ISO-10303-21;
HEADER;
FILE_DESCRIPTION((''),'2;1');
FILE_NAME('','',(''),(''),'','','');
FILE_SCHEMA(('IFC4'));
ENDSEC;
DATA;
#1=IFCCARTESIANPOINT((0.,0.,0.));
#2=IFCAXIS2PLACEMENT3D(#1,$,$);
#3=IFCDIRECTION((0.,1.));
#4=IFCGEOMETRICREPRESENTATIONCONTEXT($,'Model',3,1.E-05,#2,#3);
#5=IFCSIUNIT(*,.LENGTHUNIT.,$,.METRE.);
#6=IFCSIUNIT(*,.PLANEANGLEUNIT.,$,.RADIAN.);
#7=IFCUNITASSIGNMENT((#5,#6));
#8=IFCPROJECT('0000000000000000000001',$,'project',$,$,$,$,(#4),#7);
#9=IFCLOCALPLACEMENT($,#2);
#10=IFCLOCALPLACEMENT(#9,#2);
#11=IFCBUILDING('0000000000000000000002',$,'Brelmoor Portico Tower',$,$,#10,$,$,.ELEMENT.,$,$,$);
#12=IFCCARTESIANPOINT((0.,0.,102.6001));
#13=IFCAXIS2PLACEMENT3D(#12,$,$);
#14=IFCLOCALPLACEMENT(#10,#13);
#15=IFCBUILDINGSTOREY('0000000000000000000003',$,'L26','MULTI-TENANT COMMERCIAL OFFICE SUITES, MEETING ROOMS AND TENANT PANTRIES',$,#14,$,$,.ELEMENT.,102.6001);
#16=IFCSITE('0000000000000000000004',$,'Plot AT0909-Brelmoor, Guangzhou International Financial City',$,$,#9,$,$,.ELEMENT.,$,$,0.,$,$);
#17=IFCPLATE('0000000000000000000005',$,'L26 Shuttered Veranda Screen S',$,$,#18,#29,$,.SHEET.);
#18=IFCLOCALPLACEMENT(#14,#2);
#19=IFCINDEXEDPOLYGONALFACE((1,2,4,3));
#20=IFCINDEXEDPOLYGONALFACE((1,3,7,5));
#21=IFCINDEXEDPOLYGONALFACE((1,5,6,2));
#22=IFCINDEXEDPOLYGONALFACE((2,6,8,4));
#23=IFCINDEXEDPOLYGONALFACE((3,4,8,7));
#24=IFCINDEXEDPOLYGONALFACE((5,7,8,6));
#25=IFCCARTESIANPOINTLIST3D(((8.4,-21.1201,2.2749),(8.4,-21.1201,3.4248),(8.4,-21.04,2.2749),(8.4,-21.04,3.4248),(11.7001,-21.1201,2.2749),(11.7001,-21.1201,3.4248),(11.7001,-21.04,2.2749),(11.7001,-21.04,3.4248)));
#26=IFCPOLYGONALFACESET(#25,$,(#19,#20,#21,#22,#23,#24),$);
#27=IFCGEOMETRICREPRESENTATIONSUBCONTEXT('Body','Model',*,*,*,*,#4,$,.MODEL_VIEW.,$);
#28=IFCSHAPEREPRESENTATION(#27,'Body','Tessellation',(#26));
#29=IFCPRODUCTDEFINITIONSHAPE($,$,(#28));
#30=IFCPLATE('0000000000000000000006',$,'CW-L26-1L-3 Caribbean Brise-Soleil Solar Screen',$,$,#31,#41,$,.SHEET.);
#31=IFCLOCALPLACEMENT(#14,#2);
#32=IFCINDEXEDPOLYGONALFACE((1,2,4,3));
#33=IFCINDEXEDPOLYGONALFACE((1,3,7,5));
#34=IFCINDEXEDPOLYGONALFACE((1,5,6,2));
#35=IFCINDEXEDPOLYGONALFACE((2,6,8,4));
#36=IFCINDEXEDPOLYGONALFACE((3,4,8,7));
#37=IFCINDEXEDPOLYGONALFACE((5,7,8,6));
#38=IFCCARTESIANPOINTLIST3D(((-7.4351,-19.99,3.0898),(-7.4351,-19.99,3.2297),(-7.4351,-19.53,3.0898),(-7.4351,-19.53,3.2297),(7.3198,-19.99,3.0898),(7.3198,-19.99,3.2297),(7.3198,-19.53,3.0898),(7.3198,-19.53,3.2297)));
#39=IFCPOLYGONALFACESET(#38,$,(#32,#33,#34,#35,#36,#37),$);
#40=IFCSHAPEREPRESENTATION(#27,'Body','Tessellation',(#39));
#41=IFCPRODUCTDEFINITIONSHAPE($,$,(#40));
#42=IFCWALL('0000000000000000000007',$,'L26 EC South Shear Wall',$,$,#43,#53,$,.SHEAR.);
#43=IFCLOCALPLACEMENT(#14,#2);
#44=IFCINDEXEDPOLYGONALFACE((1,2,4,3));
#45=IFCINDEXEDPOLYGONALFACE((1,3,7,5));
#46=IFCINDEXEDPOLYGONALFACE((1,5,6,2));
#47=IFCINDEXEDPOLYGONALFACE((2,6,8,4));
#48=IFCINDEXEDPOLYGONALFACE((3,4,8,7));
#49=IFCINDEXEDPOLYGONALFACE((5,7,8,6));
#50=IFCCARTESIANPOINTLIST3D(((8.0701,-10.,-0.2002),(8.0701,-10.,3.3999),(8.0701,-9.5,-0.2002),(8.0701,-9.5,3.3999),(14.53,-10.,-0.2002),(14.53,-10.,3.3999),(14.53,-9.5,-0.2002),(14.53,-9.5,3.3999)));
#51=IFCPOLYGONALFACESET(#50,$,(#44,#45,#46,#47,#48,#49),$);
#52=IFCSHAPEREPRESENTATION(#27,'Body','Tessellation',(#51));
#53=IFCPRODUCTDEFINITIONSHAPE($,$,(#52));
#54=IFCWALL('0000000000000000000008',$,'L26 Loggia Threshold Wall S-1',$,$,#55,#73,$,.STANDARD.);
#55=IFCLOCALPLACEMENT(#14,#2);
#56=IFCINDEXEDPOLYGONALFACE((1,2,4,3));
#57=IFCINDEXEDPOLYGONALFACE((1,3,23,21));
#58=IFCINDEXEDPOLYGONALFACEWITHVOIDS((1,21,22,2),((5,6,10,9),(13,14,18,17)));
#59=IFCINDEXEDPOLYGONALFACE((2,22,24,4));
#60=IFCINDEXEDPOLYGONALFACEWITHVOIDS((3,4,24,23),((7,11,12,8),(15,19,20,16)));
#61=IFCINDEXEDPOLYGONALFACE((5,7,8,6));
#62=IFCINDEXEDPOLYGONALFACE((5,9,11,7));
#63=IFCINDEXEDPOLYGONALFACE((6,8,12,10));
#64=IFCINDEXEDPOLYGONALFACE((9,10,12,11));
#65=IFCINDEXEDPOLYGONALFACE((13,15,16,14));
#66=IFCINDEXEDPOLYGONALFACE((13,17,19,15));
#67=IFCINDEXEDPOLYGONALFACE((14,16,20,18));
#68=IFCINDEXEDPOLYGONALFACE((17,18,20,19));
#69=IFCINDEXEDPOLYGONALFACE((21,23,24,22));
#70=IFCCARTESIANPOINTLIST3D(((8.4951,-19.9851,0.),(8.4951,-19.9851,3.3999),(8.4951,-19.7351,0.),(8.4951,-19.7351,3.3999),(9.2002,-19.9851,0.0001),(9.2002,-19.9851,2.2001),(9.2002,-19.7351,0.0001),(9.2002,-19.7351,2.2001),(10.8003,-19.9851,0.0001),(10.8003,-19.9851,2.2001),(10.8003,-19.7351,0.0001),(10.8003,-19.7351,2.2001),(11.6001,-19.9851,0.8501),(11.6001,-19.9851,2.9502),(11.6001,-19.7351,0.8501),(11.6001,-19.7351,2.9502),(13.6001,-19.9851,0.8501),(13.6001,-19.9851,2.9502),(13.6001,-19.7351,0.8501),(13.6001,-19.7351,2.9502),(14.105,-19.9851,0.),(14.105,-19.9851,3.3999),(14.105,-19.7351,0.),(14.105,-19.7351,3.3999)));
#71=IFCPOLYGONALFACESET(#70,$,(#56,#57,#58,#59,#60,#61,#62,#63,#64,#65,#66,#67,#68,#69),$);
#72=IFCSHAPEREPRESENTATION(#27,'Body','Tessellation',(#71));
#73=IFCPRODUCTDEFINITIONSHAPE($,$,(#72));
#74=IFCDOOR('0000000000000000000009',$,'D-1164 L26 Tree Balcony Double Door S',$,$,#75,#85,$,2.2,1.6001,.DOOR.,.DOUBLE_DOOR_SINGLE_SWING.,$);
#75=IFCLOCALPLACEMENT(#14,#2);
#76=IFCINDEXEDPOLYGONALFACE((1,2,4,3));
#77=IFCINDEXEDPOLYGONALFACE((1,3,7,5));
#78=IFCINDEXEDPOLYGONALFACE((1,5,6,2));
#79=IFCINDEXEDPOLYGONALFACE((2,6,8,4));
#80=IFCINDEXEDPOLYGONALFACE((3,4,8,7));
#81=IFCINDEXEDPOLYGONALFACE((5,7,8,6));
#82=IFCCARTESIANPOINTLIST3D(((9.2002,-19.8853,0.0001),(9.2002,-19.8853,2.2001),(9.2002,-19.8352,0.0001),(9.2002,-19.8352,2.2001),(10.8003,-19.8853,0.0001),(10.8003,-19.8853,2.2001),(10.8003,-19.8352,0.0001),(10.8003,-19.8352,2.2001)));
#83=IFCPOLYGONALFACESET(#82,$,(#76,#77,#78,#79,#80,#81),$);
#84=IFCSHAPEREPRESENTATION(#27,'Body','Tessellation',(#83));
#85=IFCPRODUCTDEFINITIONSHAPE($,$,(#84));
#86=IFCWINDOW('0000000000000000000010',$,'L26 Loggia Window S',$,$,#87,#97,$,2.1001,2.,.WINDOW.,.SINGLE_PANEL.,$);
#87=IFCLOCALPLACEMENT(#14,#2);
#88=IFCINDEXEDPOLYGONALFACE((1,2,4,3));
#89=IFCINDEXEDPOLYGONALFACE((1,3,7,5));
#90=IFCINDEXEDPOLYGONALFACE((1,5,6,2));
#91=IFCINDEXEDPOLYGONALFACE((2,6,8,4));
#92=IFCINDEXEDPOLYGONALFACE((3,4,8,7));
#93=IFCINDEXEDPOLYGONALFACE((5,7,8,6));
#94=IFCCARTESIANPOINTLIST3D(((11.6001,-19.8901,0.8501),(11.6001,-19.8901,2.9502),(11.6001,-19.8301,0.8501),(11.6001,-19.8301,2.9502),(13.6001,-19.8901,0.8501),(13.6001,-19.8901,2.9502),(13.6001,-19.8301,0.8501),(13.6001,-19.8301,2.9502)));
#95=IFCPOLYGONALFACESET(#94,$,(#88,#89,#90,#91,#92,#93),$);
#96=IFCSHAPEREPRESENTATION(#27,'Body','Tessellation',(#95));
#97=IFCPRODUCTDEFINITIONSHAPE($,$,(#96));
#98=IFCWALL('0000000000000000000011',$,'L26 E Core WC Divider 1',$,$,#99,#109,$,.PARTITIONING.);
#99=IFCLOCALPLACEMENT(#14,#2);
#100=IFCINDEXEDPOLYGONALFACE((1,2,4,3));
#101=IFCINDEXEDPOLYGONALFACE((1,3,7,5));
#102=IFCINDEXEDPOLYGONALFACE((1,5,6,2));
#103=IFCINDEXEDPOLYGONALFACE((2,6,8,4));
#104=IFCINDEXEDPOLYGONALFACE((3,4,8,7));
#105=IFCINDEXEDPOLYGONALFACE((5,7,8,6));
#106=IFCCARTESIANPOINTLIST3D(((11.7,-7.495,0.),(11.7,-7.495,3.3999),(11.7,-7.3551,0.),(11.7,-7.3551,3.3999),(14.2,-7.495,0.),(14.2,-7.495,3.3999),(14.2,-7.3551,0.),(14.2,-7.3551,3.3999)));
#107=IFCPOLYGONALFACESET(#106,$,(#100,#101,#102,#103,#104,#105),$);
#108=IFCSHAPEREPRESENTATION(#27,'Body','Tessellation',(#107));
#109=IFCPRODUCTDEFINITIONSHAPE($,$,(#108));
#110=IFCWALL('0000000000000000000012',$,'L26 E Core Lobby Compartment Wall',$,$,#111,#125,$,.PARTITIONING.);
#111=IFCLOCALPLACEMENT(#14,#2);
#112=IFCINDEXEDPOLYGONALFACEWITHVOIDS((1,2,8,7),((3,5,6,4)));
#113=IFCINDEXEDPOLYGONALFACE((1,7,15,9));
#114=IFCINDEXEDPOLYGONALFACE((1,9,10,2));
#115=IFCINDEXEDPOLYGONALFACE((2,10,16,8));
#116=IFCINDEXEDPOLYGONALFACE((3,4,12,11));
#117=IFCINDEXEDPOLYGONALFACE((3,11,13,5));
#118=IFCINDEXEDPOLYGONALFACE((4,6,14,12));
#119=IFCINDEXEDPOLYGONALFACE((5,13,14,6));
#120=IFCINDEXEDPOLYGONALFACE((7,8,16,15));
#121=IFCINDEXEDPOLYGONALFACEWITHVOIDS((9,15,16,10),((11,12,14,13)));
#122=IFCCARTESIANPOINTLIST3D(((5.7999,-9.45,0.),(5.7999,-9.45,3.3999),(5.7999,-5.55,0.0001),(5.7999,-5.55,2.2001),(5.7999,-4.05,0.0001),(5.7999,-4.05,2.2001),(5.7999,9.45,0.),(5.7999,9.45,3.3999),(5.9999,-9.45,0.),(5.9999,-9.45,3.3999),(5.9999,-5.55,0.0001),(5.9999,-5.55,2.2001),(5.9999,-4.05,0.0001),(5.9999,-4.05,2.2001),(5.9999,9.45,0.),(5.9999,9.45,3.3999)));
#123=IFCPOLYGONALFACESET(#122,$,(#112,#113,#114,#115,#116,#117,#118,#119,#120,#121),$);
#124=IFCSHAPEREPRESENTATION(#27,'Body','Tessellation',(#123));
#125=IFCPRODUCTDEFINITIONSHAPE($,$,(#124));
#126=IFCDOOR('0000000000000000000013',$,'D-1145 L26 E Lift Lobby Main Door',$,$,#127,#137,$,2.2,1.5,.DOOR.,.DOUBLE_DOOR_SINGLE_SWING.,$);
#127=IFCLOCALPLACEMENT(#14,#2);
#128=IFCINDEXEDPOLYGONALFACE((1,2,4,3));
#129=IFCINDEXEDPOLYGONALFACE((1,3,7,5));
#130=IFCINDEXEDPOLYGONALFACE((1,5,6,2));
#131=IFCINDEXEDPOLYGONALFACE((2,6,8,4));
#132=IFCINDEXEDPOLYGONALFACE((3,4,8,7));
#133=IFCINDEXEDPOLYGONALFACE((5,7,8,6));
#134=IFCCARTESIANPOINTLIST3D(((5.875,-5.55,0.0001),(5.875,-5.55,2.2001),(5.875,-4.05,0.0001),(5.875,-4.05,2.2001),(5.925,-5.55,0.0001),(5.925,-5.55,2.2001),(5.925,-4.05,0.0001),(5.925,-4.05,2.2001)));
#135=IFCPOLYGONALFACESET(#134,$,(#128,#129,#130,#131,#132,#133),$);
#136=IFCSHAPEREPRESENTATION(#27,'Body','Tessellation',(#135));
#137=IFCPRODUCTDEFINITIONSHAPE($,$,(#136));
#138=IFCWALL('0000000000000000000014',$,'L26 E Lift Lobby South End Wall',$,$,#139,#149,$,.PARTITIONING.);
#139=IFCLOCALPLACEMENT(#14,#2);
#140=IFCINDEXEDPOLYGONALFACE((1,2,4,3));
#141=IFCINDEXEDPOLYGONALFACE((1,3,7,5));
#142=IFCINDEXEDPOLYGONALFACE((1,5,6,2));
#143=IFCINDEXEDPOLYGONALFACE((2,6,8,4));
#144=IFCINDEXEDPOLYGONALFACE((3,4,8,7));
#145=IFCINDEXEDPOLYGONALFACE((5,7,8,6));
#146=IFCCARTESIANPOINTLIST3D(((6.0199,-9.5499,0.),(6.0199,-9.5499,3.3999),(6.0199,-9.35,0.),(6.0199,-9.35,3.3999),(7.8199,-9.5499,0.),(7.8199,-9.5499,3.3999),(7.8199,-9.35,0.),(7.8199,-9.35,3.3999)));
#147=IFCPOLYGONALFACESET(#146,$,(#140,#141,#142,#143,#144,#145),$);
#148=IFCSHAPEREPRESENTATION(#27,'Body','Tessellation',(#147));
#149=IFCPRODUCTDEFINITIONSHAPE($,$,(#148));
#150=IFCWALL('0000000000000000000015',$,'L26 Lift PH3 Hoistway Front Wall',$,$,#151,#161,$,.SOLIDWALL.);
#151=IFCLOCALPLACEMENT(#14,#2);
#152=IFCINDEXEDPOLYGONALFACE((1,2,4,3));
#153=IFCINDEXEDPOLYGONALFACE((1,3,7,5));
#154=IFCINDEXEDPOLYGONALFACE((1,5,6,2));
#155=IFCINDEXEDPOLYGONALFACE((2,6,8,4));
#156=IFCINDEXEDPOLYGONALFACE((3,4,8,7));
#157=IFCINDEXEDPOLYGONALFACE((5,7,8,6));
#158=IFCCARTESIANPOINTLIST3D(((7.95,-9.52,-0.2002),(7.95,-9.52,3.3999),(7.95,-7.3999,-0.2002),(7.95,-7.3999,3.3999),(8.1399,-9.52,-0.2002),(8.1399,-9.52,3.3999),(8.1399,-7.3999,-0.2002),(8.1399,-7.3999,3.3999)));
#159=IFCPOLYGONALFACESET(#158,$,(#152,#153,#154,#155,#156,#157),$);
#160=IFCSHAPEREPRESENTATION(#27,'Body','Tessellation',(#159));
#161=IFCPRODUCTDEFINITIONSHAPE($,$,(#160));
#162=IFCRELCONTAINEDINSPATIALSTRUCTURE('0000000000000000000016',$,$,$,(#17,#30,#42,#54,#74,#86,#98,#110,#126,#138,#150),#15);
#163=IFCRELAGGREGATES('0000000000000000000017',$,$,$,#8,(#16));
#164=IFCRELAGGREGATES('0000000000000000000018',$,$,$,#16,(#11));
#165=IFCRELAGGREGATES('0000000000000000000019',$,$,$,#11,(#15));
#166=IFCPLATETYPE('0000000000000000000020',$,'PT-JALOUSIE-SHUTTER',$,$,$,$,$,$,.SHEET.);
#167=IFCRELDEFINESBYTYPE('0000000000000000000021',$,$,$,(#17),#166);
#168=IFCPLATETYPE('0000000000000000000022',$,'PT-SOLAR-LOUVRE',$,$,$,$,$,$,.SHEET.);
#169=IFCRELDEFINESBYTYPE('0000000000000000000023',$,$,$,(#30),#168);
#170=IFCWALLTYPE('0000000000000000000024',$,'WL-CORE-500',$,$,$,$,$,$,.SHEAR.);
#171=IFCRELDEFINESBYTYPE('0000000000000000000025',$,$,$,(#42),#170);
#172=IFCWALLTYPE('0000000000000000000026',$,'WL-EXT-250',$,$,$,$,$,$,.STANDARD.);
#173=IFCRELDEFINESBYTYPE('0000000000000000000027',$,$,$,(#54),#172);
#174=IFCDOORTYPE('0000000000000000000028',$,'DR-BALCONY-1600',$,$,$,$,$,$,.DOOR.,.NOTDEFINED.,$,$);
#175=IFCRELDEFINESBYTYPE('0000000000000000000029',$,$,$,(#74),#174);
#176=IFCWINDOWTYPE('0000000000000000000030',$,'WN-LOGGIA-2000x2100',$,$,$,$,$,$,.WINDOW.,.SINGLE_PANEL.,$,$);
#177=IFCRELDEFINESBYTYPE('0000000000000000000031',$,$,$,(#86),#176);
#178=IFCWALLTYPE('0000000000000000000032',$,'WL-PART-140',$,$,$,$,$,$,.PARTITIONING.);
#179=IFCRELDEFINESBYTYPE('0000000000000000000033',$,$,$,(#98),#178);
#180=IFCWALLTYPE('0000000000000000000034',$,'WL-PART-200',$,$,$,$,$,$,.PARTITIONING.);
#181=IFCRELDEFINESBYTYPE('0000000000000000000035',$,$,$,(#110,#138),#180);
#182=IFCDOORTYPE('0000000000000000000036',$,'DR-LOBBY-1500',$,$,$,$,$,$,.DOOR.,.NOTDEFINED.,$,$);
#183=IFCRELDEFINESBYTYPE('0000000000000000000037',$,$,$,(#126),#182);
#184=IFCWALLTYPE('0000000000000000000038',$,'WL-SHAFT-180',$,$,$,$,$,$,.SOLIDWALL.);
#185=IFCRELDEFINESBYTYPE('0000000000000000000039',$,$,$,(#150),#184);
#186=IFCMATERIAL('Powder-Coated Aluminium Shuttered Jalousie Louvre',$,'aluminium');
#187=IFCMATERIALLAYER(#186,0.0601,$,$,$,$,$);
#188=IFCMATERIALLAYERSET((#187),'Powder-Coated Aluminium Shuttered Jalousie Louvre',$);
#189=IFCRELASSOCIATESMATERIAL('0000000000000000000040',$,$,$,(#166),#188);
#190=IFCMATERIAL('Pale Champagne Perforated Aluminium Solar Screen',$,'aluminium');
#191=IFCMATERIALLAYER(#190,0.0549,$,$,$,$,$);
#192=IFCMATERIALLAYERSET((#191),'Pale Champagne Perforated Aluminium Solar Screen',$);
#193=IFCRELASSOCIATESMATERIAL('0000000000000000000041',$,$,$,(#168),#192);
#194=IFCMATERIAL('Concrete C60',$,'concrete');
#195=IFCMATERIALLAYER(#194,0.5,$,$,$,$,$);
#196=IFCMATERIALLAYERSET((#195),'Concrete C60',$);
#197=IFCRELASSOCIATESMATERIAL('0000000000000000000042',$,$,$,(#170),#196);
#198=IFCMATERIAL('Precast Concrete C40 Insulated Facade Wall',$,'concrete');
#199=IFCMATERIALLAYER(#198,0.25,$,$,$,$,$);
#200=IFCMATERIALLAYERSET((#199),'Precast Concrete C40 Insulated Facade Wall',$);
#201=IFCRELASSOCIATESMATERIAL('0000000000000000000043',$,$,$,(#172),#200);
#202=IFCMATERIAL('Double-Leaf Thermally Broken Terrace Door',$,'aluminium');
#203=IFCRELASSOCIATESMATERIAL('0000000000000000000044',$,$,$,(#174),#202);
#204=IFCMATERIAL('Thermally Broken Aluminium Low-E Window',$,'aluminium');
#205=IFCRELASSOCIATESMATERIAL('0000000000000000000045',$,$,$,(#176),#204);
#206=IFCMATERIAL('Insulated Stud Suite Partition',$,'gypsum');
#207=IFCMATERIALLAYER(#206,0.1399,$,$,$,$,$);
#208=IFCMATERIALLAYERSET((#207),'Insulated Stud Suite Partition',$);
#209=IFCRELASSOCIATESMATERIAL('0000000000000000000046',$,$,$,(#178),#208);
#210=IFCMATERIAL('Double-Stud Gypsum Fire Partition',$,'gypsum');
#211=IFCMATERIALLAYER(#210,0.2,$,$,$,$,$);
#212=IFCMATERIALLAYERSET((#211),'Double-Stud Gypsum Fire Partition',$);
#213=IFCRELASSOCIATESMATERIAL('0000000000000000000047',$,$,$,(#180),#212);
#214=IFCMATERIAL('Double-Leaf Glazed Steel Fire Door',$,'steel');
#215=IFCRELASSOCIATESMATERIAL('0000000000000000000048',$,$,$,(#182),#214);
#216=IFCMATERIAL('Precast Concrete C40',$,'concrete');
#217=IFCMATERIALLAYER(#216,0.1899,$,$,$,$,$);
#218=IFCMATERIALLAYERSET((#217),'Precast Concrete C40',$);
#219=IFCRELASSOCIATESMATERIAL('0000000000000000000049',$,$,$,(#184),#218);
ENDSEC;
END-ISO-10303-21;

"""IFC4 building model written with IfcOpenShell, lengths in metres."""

from ifc_helpers import new_model, si_unit, direction, frame, frame_2d, origin, origin_2d, place, context, subcontext, project, spatial, rectangle, extrude, material, layer, layer_set, type_object, element, fill, save


model = new_model("IFC4")

# Units and contexts
model_context = context("Model", 3, precision=1e-05, world=origin(), true_north=direction((0.0, 1.0)))
body_context = subcontext(model_context, "Body", "Model", "MODEL_VIEW")
ifc_project = project(units=[si_unit("LENGTHUNIT", "METRE"), si_unit("PLANEANGLEUNIT", "RADIAN")], contexts=[model_context])

# Site, building, storey
site_placement = place(None, origin())
site = spatial("IfcSite", under=ifc_project, at=site_placement, Name="Plot AT0909-Brelmoor, Guangzhou International Financial City", CompositionType="ELEMENT", RefElevation=0.0)
building_placement = place(site_placement, origin())
building = spatial("IfcBuilding", under=site, at=building_placement, Name="Brelmoor Portico Tower", CompositionType="ELEMENT")
storey_placement = place(building_placement, frame((0.0, 0.0, 102.6001)))
storey = spatial("IfcBuildingStorey", under=building, at=storey_placement, Name="L26", Description="MULTI-TENANT COMMERCIAL OFFICE SUITES, MEETING ROOMS AND TENANT PANTRIES", CompositionType="ELEMENT", Elevation=102.6001)

# Plates
ifc_material_1 = material(Name="Powder-Coated Aluminium Shuttered Jalousie Louvre", Category="aluminium")
ifc_layer_1 = layer(ifc_material_1, 0.0601)
ifc_layer_set_1 = layer_set([ifc_layer_1], Name="Powder-Coated Aluminium Shuttered Jalousie Louvre")
plate_type_1 = type_object("IfcPlateType", Name="PT-JALOUSIE-SHUTTER", PredefinedType="SHEET", material=ifc_layer_set_1)
plate_1_placement = place(storey_placement, frame((10.05, -21.0801, 2.2749), z_axis=(0.0, 0.0, 1.0), x_axis=(1.0, 0.0, 0.0)))
element("IfcPlate", 1, at=plate_1_placement, inside=storey, type_object=plate_type_1, Name="L26 Shuttered Veranda Screen S", PredefinedType="SHEET", context=body_context, shape_type="SweptSolid", body=[
    extrude(rectangle(XDim=3.3, YDim=0.0801, at=origin_2d()), origin(), (0.0, 0.0, 1.0), 1.1499),
])
ifc_material_2 = material(Name="Pale Champagne Perforated Aluminium Solar Screen", Category="aluminium")
ifc_layer_2 = layer(ifc_material_2, 0.0549)
ifc_layer_set_2 = layer_set([ifc_layer_2], Name="Pale Champagne Perforated Aluminium Solar Screen")
plate_type_2 = type_object("IfcPlateType", Name="PT-SOLAR-LOUVRE", PredefinedType="SHEET", material=ifc_layer_set_2)
plate_2_placement = place(storey_placement, frame((-0.0576, -19.76, 3.0898), z_axis=(0.0, 0.0, 1.0), x_axis=(1.0, 0.0, 0.0)))
element("IfcPlate", 2, at=plate_2_placement, inside=storey, type_object=plate_type_2, Name="CW-L26-1L-3 Caribbean Brise-Soleil Solar Screen", PredefinedType="SHEET", context=body_context, shape_type="SweptSolid", body=[
    extrude(rectangle(XDim=14.7549, YDim=0.46, at=origin_2d()), origin(), (0.0, 0.0, 1.0), 0.1399),
])

# Wall
ifc_material_3 = material(Name="Concrete C60", Category="concrete")
ifc_layer_3 = layer(ifc_material_3, 0.5)
ifc_layer_set_3 = layer_set([ifc_layer_3], Name="Concrete C60")
wall_type_1 = type_object("IfcWallType", Name="WL-CORE-500", PredefinedType="SHEAR", material=ifc_layer_set_3)
wall_1_placement = place(storey_placement, frame((8.0701, -9.75, -0.2002), z_axis=(0.0, 0.0, 1.0), x_axis=(1.0, 0.0, 0.0)))
element("IfcWall", 3, at=wall_1_placement, inside=storey, type_object=wall_type_1, Name="L26 EC South Shear Wall", PredefinedType="SHEAR", context=body_context, shape_type="SweptSolid", body=[
    extrude(rectangle(XDim=6.46, YDim=0.5, at=frame_2d((3.23, 0.0))), origin(), (0.0, 0.0, 1.0), 3.6001),
])

# Wall, openings, door, window
ifc_material_4 = material(Name="Precast Concrete C40 Insulated Facade Wall", Category="concrete")
ifc_layer_4 = layer(ifc_material_4, 0.25)
ifc_layer_set_4 = layer_set([ifc_layer_4], Name="Precast Concrete C40 Insulated Facade Wall")
wall_type_2 = type_object("IfcWallType", Name="WL-EXT-250", PredefinedType="STANDARD", material=ifc_layer_set_4)
wall_2_placement = place(storey_placement, frame((8.4951, -19.8601, 0.0), z_axis=(0.0, 0.0, 1.0), x_axis=(1.0, 0.0, 0.0)))
wall_2 = element("IfcWall", 4, at=wall_2_placement, inside=storey, type_object=wall_type_2, Name="L26 Loggia Threshold Wall S-1", PredefinedType="STANDARD", context=body_context, shape_type="SweptSolid", body=[
    extrude(rectangle(XDim=5.6099, YDim=0.25, at=frame_2d((2.8049, 0.0))), origin(), (0.0, 0.0, 1.0), 3.3999),
])
opening_1_placement = place(wall_2_placement, frame((0.7051, 0.0, 0.0)))
opening_1 = element("IfcOpeningElement", 5, at=opening_1_placement, cuts=wall_2, PredefinedType="OPENING", context=body_context, shape_type="SweptSolid", body=[
    extrude(rectangle(XDim=1.6001, YDim=2.2, at=frame_2d((0.8, 1.1001))), frame((0.0, 0.135, 0.0), z_axis=(0.0, -1.0, 0.0), x_axis=(1.0, 0.0, 0.0)), (0.0, 0.0, 1.0), 0.27),
])
opening_2_placement = place(wall_2_placement, frame((3.105, 0.0, 0.8501)))
opening_2 = element("IfcOpeningElement", 6, at=opening_2_placement, cuts=wall_2, PredefinedType="OPENING", context=body_context, shape_type="SweptSolid", body=[
    extrude(rectangle(XDim=2.0, YDim=2.1001, at=frame_2d((1.0, 1.05))), frame((0.0, 0.135, 0.0), z_axis=(0.0, -1.0, 0.0), x_axis=(1.0, 0.0, 0.0)), (0.0, 0.0, 1.0), 0.27),
])
ifc_material_5 = material(Name="Double-Leaf Thermally Broken Terrace Door", Category="aluminium")
door_type_1 = type_object("IfcDoorType", Name="DR-BALCONY-1600", OperationType="NOTDEFINED", PredefinedType="DOOR", material=ifc_material_5)
door_1_placement = place(opening_1_placement, origin())
door_1 = element("IfcDoor", 7, at=door_1_placement, inside=storey, type_object=door_type_1, Name="D-1164 L26 Tree Balcony Double Door S", OperationType="DOUBLE_DOOR_SINGLE_SWING", OverallHeight=2.2, OverallWidth=1.6001, PredefinedType="DOOR", context=body_context, shape_type="SweptSolid", body=[
    extrude(rectangle(XDim=1.6001, YDim=2.2, at=frame_2d((0.8, 1.1001))), frame((0.0, 0.0249, 0.0), z_axis=(0.0, -1.0, 0.0), x_axis=(1.0, 0.0, 0.0)), (0.0, 0.0, 1.0), 0.05),
])
fill(opening_1, door_1)
ifc_material_6 = material(Name="Thermally Broken Aluminium Low-E Window", Category="aluminium")
window_type = type_object("IfcWindowType", Name="WN-LOGGIA-2000x2100", PartitioningType="SINGLE_PANEL", PredefinedType="WINDOW", material=ifc_material_6)
window_placement = place(opening_2_placement, origin())
window = element("IfcWindow", 8, at=window_placement, inside=storey, type_object=window_type, Name="L26 Loggia Window S", OverallHeight=2.1001, OverallWidth=2.0, PartitioningType="SINGLE_PANEL", PredefinedType="WINDOW", context=body_context, shape_type="SweptSolid", body=[
    extrude(rectangle(XDim=2.0, YDim=2.1001, at=frame_2d((1.0, 1.05))), frame((0.0, 0.03, 0.0), z_axis=(0.0, -1.0, 0.0), x_axis=(1.0, 0.0, 0.0)), (0.0, 0.0, 1.0), 0.0601),
])
fill(opening_2, window)

# Wall
ifc_material_7 = material(Name="Insulated Stud Suite Partition", Category="gypsum")
ifc_layer_5 = layer(ifc_material_7, 0.1399)
ifc_layer_set_5 = layer_set([ifc_layer_5], Name="Insulated Stud Suite Partition")
wall_type_3 = type_object("IfcWallType", Name="WL-PART-140", PredefinedType="PARTITIONING", material=ifc_layer_set_5)
wall_3_placement = place(storey_placement, frame((11.7, -7.425, 0.0), z_axis=(0.0, 0.0, 1.0), x_axis=(1.0, 0.0, 0.0)))
element("IfcWall", 9, at=wall_3_placement, inside=storey, type_object=wall_type_3, Name="L26 E Core WC Divider 1", PredefinedType="PARTITIONING", context=body_context, shape_type="SweptSolid", body=[
    extrude(rectangle(XDim=2.5, YDim=0.1399, at=frame_2d((1.25, 0.0))), origin(), (0.0, 0.0, 1.0), 3.3999),
])

# Wall, opening, door
ifc_material_8 = material(Name="Double-Stud Gypsum Fire Partition", Category="gypsum")
ifc_layer_6 = layer(ifc_material_8, 0.2)
ifc_layer_set_6 = layer_set([ifc_layer_6], Name="Double-Stud Gypsum Fire Partition")
wall_type_4 = type_object("IfcWallType", Name="WL-PART-200", PredefinedType="PARTITIONING", material=ifc_layer_set_6)
wall_4_placement = place(storey_placement, frame((5.8999, -9.45, 0.0), z_axis=(0.0, 0.0, 1.0), x_axis=(0.0, 1.0, 0.0)))
wall_4 = element("IfcWall", 10, at=wall_4_placement, inside=storey, type_object=wall_type_4, Name="L26 E Core Lobby Compartment Wall", PredefinedType="PARTITIONING", context=body_context, shape_type="SweptSolid", body=[
    extrude(rectangle(XDim=18.8999, YDim=0.2, at=frame_2d((9.45, 0.0))), origin(), (0.0, 0.0, 1.0), 3.3999),
])
opening_3_placement = place(wall_4_placement, frame((3.8999, 0.0, 0.0)))
opening_3 = element("IfcOpeningElement", 11, at=opening_3_placement, cuts=wall_4, PredefinedType="OPENING", context=body_context, shape_type="SweptSolid", body=[
    extrude(rectangle(XDim=1.5, YDim=2.2, at=frame_2d((0.75, 1.1001))), frame((0.0, 0.1099, 0.0), z_axis=(0.0, -1.0, 0.0), x_axis=(1.0, 0.0, 0.0)), (0.0, 0.0, 1.0), 0.22),
])
ifc_material_9 = material(Name="Double-Leaf Glazed Steel Fire Door", Category="steel")
door_type_2 = type_object("IfcDoorType", Name="DR-LOBBY-1500", OperationType="NOTDEFINED", PredefinedType="DOOR", material=ifc_material_9)
door_2_placement = place(opening_3_placement, origin())
door_2 = element("IfcDoor", 12, at=door_2_placement, inside=storey, type_object=door_type_2, Name="D-1145 L26 E Lift Lobby Main Door", OperationType="DOUBLE_DOOR_SINGLE_SWING", OverallHeight=2.2, OverallWidth=1.5, PredefinedType="DOOR", context=body_context, shape_type="SweptSolid", body=[
    extrude(rectangle(XDim=1.5, YDim=2.2, at=frame_2d((0.75, 1.1001))), frame((0.0, 0.0249, 0.0), z_axis=(0.0, -1.0, 0.0), x_axis=(1.0, 0.0, 0.0)), (0.0, 0.0, 1.0), 0.05),
])
fill(opening_3, door_2)

# Walls
wall_5_placement = place(storey_placement, frame((6.02, -9.45, 0.0), z_axis=(0.0, 0.0, 1.0), x_axis=(1.0, 0.0, 0.0)))
element("IfcWall", 13, at=wall_5_placement, inside=storey, type_object=wall_type_4, Name="L26 E Lift Lobby South End Wall", PredefinedType="PARTITIONING", context=body_context, shape_type="SweptSolid", body=[
    extrude(rectangle(XDim=1.8, YDim=0.2, at=frame_2d((0.8999, 0.0))), origin(), (0.0, 0.0, 1.0), 3.3999),
])
ifc_material_10 = material(Name="Precast Concrete C40", Category="concrete")
ifc_layer_7 = layer(ifc_material_10, 0.1899)
ifc_layer_set_7 = layer_set([ifc_layer_7], Name="Precast Concrete C40")
wall_type_5 = type_object("IfcWallType", Name="WL-SHAFT-180", PredefinedType="SOLIDWALL", material=ifc_layer_set_7)
for number, where, z_axis, x_axis, name in (
    (14, (8.0449, -9.52, -0.2002), (0.0, 0.0, 1.0), (0.0, 1.0, 0.0), "L26 Lift PH3 Hoistway Front Wall"),
):
    element("IfcWall", number, at=place(storey_placement, frame(where, z_axis=z_axis, x_axis=x_axis)), inside=storey, type_object=wall_type_5, Name=name, PredefinedType="SOLIDWALL", context=body_context, shape_type="SweptSolid", body=[
        extrude(rectangle(XDim=2.1201, YDim=0.1899, at=frame_2d((1.0601, 0.0))), origin(), (0.0, 0.0, 1.0), 3.6001),
    ])

save(model, "model.ifc")
